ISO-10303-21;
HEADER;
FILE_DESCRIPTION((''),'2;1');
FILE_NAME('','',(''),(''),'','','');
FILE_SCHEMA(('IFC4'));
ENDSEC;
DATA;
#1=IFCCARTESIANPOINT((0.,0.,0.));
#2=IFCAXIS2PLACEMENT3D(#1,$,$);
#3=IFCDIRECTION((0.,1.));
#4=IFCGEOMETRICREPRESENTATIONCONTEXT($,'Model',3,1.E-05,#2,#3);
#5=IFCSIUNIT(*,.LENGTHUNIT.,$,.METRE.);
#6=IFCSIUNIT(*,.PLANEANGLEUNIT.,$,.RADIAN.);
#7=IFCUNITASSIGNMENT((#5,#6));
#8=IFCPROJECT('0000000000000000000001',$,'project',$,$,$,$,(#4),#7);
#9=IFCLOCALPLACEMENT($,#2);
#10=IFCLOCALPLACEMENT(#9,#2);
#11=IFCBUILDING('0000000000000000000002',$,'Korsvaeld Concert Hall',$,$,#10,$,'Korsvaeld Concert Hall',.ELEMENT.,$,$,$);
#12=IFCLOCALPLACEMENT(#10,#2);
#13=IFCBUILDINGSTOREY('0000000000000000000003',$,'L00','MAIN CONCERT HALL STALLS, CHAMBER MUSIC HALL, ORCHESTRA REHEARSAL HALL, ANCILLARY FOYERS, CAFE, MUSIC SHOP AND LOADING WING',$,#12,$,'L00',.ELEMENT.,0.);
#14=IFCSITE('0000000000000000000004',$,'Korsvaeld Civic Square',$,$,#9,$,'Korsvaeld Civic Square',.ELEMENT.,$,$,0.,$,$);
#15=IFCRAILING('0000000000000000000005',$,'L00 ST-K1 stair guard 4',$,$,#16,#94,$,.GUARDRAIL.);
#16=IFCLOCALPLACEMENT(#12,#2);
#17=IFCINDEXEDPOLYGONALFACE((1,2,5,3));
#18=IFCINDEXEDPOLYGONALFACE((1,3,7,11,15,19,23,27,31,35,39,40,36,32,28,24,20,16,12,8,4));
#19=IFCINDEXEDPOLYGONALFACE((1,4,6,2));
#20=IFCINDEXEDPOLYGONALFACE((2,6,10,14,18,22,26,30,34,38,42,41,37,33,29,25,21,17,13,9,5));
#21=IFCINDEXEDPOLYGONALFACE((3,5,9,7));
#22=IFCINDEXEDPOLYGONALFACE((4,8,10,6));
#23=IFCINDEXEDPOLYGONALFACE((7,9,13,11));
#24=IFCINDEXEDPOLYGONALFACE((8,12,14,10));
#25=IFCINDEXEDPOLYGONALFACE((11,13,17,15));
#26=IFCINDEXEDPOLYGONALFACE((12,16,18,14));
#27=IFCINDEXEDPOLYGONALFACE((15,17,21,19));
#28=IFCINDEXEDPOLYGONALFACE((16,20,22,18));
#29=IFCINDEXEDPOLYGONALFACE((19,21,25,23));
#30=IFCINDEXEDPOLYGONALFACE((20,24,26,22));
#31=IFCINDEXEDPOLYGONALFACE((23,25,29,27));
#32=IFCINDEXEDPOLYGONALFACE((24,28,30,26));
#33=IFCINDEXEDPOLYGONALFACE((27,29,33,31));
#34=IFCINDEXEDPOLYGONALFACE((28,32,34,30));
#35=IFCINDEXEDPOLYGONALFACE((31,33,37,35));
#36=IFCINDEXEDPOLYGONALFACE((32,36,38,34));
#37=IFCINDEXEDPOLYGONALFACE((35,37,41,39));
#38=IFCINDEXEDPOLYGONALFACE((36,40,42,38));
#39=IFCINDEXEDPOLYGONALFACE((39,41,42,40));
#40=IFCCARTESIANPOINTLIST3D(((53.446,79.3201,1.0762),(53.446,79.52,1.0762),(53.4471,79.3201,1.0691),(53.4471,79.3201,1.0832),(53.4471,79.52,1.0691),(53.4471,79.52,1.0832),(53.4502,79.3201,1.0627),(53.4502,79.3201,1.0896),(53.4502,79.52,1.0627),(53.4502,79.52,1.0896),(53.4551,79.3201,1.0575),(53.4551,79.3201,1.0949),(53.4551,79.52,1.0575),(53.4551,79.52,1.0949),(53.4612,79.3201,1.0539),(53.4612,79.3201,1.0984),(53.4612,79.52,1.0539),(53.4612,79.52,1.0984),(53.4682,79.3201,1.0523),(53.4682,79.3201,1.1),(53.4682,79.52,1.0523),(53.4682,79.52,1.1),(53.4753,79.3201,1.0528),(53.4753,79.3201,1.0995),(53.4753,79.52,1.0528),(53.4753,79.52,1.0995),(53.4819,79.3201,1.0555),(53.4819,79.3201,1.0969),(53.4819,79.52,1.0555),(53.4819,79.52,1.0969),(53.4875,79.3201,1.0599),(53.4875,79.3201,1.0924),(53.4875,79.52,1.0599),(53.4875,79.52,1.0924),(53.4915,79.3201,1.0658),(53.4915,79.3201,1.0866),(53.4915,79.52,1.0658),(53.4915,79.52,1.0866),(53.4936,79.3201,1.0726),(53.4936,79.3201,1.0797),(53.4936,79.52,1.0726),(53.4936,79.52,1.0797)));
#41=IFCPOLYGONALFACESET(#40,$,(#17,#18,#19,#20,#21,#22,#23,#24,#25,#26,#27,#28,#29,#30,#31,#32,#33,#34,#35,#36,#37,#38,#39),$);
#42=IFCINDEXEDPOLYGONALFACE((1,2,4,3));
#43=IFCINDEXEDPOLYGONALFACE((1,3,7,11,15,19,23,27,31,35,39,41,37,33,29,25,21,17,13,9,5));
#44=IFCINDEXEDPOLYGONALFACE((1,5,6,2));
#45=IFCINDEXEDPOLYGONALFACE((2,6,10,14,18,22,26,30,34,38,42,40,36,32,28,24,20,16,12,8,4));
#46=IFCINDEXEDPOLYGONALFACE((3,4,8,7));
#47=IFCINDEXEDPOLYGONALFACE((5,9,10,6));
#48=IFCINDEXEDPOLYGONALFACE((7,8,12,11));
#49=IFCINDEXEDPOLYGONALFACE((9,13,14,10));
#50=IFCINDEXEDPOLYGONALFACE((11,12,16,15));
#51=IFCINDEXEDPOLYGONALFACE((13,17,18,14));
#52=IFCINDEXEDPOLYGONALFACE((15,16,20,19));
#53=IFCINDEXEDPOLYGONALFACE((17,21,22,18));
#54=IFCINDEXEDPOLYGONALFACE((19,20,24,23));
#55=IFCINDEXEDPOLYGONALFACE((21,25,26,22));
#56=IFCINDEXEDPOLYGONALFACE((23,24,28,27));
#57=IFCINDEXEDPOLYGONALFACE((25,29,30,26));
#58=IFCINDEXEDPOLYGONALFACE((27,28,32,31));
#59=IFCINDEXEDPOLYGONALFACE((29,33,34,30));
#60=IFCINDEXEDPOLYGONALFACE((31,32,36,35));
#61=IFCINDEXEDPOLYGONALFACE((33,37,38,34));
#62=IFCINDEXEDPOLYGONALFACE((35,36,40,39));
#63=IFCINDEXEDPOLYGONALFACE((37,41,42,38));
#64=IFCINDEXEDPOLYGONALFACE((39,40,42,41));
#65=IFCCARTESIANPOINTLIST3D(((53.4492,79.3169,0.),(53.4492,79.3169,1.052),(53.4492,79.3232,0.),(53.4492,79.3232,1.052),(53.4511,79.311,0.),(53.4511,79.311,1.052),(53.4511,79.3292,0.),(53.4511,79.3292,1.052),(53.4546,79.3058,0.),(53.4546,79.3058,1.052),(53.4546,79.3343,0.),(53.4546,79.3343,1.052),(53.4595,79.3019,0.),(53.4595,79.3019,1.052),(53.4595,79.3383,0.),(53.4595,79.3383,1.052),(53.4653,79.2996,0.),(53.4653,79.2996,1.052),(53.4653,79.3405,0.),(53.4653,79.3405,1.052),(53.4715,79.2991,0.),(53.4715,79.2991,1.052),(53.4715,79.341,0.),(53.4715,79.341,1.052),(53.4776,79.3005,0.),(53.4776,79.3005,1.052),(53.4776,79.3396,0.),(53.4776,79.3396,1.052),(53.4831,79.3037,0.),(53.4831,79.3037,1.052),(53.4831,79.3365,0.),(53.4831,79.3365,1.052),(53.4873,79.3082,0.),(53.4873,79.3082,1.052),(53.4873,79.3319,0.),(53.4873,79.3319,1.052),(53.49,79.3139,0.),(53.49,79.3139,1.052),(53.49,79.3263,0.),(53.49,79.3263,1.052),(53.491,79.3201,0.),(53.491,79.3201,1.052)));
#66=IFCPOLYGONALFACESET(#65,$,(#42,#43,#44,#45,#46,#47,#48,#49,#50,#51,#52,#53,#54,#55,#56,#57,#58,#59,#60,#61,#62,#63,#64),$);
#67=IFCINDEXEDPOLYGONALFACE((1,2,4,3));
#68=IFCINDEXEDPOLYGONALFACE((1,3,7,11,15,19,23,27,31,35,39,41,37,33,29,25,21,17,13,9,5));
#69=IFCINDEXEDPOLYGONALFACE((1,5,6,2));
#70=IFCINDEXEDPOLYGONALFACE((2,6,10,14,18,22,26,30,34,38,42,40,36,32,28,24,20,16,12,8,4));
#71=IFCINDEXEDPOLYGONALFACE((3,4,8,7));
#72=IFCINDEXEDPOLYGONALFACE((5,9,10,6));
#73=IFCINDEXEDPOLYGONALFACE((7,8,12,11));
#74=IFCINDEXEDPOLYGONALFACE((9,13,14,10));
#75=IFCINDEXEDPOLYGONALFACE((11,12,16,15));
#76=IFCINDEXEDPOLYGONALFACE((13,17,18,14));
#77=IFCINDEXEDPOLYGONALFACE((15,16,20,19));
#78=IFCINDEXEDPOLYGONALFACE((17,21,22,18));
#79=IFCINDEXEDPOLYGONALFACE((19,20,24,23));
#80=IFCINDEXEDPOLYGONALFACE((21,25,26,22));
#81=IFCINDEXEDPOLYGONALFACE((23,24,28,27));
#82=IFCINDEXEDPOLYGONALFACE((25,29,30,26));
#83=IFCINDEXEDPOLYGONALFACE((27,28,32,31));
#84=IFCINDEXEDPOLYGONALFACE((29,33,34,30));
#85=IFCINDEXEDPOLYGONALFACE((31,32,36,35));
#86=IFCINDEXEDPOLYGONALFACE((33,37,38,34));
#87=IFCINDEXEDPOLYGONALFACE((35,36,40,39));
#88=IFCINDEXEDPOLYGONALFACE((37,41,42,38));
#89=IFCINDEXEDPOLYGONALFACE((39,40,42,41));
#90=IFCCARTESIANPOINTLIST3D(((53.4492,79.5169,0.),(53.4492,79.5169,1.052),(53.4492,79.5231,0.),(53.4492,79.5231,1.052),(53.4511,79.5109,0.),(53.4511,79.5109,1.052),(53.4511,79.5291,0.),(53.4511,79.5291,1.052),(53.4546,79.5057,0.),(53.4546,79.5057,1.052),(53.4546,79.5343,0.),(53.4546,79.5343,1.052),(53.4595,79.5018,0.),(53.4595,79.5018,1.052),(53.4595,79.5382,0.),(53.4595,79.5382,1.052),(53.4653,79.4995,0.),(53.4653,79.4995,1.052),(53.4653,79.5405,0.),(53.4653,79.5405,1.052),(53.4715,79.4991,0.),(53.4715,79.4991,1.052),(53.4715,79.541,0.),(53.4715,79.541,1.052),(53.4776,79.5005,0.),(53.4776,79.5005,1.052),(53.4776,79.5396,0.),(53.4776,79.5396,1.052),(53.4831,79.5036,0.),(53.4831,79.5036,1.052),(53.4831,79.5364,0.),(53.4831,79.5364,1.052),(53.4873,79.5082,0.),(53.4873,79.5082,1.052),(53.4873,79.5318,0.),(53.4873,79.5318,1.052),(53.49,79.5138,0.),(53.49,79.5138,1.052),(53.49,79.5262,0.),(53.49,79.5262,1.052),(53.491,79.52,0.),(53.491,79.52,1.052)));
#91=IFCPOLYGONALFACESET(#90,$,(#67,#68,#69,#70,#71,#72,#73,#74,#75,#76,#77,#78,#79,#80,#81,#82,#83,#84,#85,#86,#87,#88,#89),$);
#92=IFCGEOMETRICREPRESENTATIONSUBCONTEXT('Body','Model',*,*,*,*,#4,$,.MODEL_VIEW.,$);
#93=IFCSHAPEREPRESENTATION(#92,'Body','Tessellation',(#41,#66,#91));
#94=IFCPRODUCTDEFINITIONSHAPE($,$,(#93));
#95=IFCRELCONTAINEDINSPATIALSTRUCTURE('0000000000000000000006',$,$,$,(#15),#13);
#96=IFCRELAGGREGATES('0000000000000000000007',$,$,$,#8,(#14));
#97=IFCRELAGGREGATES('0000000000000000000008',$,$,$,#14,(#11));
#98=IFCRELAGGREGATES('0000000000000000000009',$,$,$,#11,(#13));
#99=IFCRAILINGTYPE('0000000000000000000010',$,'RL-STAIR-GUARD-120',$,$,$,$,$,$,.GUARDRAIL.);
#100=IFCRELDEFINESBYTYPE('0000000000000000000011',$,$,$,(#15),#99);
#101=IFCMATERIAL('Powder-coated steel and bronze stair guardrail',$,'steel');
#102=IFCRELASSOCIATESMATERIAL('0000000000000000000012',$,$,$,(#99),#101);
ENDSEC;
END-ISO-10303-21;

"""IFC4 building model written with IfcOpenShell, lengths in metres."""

from ifc_helpers import new_model, si_unit, direction, frame, origin, origin_2d, place, context, subcontext, project, spatial, circle, extrude, material, type_object, element, save


model = new_model("IFC4")

# Units and contexts
model_context = context("Model", 3, precision=1e-05, world=origin(), true_north=direction((0.0, 1.0)))
body_context = subcontext(model_context, "Body", "Model", "MODEL_VIEW")
ifc_project = project(units=[si_unit("LENGTHUNIT", "METRE"), si_unit("PLANEANGLEUNIT", "RADIAN")], contexts=[model_context])

# Site, building, storey
site_placement = place(None, origin())
site = spatial("IfcSite", under=ifc_project, at=site_placement, Name="Korsvaeld Civic Square", LongName="Korsvaeld Civic Square", CompositionType="ELEMENT", RefElevation=0.0)
building_placement = place(site_placement, origin())
building = spatial("IfcBuilding", under=site, at=building_placement, Name="Korsvaeld Concert Hall", LongName="Korsvaeld Concert Hall", CompositionType="ELEMENT")
storey_placement = place(building_placement, origin())
storey = spatial("IfcBuildingStorey", under=building, at=storey_placement, Name="L00", Description="MAIN CONCERT HALL STALLS, CHAMBER MUSIC HALL, ORCHESTRA REHEARSAL HALL, ANCILLARY FOYERS, CAFE, MUSIC SHOP AND LOADING WING", LongName="L00", CompositionType="ELEMENT", Elevation=0.0)

# Railing
ifc_material_1 = material(Name="Powder-coated steel and bronze stair guardrail", Category="steel")
railing_type_1 = type_object("IfcRailingType", Name="RL-STAIR-GUARD-120", PredefinedType="GUARDRAIL", material=ifc_material_1)
railing_1_placement = place(storey_placement, frame((53.47, 79.3201, 0.0)))
element("IfcRailing", 1, at=railing_1_placement, inside=storey, type_object=railing_type_1, Name="L00 ST-K1 stair guard 4", PredefinedType="GUARDRAIL", context=body_context, shape_type="SweptSolid", body=[
    extrude(circle(Radius=0.0239, at=origin_2d()), frame((0.0, 0.0, 1.0762), z_axis=(0.0, 1.0, 0.0), x_axis=(-1.0, 0.0, 0.0)), (0.0, 0.0, 1.0), 0.2),
    extrude(circle(Radius=0.021, at=origin_2d()), origin(), (0.0, 0.0, 1.0), 1.052),
    extrude(circle(Radius=0.021, at=origin_2d()), frame((0.0, 0.2, 0.0)), (0.0, 0.0, 1.0), 1.052),
])

save(model, "model.ifc")
